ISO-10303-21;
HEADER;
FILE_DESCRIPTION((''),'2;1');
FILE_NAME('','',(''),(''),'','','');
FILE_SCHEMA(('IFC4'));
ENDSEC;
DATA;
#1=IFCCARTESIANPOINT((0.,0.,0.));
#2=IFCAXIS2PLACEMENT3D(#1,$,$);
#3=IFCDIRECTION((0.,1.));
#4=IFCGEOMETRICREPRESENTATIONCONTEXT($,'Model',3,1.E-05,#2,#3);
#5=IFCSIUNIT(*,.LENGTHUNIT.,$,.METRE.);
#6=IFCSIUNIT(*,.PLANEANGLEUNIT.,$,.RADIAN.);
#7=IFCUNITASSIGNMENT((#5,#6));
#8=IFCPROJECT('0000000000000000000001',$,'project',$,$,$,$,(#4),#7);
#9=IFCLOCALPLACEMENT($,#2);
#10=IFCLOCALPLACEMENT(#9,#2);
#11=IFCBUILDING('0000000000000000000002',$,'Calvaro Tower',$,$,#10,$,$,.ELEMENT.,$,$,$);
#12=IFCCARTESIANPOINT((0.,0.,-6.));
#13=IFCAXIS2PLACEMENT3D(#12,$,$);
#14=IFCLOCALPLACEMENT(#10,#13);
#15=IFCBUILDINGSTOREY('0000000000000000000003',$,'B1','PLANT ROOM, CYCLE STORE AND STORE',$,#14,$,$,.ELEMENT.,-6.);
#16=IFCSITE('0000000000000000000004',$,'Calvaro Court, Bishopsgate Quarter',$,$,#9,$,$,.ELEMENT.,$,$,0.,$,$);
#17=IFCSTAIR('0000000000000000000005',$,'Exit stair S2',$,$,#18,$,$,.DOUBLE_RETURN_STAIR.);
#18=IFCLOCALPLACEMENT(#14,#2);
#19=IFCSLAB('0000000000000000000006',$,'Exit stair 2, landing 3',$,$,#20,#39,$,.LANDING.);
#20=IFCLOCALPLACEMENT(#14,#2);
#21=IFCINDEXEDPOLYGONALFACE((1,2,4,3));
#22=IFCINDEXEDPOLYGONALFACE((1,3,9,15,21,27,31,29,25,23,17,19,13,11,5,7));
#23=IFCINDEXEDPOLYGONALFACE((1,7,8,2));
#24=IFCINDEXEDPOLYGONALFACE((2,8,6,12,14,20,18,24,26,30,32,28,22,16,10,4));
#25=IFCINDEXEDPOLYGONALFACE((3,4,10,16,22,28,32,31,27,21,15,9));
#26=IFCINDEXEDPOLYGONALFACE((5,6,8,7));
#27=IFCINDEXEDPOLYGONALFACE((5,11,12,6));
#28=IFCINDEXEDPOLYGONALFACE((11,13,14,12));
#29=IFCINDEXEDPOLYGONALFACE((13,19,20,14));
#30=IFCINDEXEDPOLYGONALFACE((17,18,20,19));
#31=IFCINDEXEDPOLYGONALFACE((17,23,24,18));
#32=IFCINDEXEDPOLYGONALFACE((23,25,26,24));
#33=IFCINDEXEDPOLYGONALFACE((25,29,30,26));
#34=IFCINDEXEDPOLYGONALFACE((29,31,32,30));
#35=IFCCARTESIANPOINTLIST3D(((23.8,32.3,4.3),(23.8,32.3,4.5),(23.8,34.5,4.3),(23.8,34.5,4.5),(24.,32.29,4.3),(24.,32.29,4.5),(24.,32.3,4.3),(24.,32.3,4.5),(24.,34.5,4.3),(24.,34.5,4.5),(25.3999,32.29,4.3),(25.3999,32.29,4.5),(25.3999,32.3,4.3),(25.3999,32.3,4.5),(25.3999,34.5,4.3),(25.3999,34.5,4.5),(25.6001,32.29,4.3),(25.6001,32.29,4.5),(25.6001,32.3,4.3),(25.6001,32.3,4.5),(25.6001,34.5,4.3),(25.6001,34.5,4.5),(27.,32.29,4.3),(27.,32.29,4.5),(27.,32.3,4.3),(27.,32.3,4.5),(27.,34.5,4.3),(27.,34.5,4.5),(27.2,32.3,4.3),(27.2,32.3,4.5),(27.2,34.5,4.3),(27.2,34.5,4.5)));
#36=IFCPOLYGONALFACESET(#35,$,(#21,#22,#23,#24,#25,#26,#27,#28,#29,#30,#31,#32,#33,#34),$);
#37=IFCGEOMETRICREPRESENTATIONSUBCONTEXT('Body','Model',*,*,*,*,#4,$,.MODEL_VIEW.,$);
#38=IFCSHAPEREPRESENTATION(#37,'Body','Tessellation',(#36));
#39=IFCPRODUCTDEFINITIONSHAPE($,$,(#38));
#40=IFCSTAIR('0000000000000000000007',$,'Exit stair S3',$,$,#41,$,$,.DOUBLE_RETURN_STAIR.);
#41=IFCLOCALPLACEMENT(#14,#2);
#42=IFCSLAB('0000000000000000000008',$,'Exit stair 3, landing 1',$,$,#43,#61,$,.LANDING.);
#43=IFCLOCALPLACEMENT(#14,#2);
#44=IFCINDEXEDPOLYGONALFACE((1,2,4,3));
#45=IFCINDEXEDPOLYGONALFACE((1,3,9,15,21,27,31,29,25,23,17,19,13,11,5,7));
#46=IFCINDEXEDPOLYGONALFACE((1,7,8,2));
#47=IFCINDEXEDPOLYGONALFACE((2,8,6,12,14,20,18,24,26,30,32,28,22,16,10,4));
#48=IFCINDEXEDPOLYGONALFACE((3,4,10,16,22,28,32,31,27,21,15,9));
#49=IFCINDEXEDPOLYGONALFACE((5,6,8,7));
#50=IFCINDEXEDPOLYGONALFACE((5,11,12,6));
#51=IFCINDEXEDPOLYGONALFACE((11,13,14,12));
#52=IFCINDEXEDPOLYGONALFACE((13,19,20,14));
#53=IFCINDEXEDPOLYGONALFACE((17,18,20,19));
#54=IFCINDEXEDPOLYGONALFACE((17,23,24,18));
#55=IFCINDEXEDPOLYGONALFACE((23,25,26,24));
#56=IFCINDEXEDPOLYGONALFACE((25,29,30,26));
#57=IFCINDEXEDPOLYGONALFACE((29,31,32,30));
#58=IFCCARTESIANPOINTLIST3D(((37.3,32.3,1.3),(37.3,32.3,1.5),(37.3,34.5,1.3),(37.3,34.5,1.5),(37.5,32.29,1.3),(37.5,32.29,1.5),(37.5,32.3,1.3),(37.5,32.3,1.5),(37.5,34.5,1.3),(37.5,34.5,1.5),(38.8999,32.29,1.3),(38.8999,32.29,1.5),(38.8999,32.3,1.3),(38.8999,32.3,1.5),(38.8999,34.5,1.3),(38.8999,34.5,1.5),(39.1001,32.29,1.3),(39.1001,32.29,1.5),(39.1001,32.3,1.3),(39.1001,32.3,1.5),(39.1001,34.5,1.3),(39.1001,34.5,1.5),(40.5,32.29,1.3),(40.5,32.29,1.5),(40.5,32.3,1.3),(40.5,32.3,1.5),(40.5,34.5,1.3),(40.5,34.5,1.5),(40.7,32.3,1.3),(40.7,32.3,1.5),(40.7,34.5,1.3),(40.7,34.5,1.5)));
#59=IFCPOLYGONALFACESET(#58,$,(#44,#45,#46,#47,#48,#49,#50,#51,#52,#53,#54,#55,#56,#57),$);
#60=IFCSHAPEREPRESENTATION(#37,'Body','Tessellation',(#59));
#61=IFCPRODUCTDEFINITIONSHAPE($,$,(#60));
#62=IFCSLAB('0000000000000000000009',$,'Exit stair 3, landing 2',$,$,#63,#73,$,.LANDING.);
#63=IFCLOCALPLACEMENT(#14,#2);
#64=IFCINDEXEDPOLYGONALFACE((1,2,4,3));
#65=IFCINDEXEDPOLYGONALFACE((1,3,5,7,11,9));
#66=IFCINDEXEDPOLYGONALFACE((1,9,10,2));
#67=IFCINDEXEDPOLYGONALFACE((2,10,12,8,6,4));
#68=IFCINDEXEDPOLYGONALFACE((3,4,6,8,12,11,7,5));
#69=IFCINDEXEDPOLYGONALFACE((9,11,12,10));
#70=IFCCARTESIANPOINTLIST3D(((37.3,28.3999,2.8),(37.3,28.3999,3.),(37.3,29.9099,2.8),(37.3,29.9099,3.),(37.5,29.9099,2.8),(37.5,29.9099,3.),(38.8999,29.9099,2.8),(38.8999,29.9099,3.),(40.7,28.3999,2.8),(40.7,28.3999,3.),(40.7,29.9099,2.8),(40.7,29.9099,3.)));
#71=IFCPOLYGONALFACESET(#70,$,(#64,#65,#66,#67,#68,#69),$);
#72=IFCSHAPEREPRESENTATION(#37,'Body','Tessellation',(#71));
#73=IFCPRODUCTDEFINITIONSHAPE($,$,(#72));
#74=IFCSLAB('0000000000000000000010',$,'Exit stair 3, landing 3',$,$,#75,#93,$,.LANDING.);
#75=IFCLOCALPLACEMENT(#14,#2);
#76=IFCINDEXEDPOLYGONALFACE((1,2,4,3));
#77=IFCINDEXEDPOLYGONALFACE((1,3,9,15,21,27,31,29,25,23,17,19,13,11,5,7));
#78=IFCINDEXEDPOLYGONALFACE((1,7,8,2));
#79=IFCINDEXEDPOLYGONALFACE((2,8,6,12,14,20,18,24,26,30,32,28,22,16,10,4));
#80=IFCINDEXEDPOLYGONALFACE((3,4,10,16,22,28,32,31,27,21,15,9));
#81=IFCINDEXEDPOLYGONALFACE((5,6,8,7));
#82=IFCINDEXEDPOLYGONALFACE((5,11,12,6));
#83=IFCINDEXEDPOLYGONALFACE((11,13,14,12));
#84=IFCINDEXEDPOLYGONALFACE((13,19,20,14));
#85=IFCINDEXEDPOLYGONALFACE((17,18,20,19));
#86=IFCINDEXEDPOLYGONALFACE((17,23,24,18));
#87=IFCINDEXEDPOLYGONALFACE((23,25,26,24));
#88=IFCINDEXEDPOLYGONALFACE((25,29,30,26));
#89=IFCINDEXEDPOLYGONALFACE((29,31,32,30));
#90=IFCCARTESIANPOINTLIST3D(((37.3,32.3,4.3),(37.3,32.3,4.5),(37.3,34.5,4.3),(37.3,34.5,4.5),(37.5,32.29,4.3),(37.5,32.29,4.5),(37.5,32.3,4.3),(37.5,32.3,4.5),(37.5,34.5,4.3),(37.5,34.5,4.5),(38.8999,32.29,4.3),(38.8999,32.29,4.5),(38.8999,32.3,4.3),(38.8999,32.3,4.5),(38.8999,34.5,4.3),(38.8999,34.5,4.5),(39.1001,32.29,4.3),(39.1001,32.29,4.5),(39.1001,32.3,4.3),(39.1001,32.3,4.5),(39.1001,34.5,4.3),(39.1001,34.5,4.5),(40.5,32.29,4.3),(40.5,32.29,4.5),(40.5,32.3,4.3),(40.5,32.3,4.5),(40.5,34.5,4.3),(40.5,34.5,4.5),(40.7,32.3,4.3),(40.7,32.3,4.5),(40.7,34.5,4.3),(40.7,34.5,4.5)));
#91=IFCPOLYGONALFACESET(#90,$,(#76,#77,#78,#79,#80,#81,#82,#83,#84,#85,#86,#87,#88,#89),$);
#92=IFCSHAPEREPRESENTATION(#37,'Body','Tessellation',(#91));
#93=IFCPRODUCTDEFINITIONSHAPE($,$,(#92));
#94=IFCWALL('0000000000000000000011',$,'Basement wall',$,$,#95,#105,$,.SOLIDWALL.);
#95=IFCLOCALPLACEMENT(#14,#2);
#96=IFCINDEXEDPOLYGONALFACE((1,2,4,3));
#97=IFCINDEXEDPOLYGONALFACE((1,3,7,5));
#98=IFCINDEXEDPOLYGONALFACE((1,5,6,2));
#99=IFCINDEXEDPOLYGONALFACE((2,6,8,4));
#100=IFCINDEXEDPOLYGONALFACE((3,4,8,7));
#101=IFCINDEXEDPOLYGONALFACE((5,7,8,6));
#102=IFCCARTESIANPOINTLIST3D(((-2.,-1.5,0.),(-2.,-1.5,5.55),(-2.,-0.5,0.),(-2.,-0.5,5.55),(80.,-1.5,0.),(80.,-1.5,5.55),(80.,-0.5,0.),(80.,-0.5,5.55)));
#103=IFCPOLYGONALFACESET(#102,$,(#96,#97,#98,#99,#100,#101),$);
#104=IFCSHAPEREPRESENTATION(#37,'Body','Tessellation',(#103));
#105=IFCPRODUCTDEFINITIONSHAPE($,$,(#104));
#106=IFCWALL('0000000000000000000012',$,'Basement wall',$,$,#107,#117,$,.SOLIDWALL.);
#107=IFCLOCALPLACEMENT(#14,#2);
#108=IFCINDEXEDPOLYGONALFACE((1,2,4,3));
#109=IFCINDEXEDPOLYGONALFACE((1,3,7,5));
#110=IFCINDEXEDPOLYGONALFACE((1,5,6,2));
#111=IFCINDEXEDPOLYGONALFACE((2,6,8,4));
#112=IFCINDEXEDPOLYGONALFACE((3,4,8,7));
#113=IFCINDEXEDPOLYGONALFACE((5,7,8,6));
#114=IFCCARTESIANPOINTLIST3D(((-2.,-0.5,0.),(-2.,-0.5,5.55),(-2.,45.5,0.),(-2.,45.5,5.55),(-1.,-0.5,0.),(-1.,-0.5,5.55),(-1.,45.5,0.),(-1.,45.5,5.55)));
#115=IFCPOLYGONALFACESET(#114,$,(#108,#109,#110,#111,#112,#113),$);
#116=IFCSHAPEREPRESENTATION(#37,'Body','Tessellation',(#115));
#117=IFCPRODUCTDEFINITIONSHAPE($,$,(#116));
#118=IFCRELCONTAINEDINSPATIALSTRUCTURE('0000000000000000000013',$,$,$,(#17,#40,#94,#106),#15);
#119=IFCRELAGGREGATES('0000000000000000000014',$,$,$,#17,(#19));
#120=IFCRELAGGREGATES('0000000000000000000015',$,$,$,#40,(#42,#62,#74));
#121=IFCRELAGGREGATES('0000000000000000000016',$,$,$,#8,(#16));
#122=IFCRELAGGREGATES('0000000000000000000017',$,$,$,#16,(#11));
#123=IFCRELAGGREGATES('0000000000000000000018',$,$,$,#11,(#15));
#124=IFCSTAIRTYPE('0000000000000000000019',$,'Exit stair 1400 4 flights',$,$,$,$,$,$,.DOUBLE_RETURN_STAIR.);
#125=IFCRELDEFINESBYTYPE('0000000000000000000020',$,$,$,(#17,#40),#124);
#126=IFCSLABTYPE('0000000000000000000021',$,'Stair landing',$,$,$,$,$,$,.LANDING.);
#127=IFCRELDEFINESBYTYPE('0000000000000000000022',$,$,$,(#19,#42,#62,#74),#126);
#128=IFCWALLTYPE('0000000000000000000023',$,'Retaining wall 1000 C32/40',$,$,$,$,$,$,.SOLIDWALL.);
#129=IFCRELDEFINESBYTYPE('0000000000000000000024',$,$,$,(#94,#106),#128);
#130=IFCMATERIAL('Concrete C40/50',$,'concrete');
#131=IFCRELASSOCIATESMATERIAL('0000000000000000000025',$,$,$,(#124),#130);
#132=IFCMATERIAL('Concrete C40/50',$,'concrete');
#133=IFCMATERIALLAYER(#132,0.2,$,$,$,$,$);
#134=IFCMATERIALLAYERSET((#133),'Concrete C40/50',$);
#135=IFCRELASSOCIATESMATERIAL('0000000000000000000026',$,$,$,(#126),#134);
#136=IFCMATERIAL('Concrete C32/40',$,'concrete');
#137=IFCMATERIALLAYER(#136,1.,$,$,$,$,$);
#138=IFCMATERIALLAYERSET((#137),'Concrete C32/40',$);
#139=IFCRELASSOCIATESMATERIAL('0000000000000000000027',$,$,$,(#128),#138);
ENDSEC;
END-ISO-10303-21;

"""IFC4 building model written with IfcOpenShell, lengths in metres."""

from ifc_helpers import new_model, si_unit, direction, frame, frame_2d, origin, place, context, subcontext, project, spatial, polyline, rectangle, outline, extrude, material, layer, layer_set, type_object, element, aggregate, save


model = new_model("IFC4")

# Units and contexts
model_context = context("Model", 3, precision=1e-05, world=origin(), true_north=direction((0.0, 1.0)))
body_context = subcontext(model_context, "Body", "Model", "MODEL_VIEW")
ifc_project = project(units=[si_unit("LENGTHUNIT", "METRE"), si_unit("PLANEANGLEUNIT", "RADIAN")], contexts=[model_context])

# Site, building, storey
site_placement = place(None, origin())
site = spatial("IfcSite", under=ifc_project, at=site_placement, Name="Calvaro Court, Bishopsgate Quarter", CompositionType="ELEMENT", RefElevation=0.0)
building_placement = place(site_placement, origin())
building = spatial("IfcBuilding", under=site, at=building_placement, Name="Calvaro Tower", CompositionType="ELEMENT")
storey_placement = place(building_placement, frame((0.0, 0.0, -6.0)))
storey = spatial("IfcBuildingStorey", under=building, at=storey_placement, Name="B1", Description="PLANT ROOM, CYCLE STORE AND STORE", CompositionType="ELEMENT", Elevation=-6.0)

# Stairs, slabs
ifc_material_1 = material(Name="Concrete C40/50", Category="concrete")
stair_type = type_object("IfcStairType", Name="Exit stair 1400 4 flights", PredefinedType="DOUBLE_RETURN_STAIR", material=ifc_material_1)
ifc_material_2 = material(Name="Concrete C40/50", Category="concrete")
ifc_layer_1 = layer(ifc_material_2, 0.2)
ifc_layer_set_1 = layer_set([ifc_layer_1], Name="Concrete C40/50")
slab_type_1 = type_object("IfcSlabType", Name="Stair landing", PredefinedType="LANDING", material=ifc_layer_set_1)
stair_1_placement = place(storey_placement, origin())
stair_1 = element("IfcStair", 1, at=stair_1_placement, inside=storey, type_object=stair_type, Name="Exit stair S2", PredefinedType="DOUBLE_RETURN_STAIR")
slab_1_placement = place(storey_placement, frame((0.0, 0.0, 4.3)))
slab_1 = element("IfcSlab", 2, at=slab_1_placement, type_object=slab_type_1, Name="Exit stair 2, landing 3", PredefinedType="LANDING", context=body_context, shape_type="SweptSolid", body=[
    extrude(outline(polyline([(25.3999, 32.29), (24.0, 32.29), (24.0, 32.3), (23.8, 32.3), (23.8, 34.5), (24.0, 34.5), (25.3999, 34.5), (25.6001, 34.5), (27.0, 34.5), (27.2, 34.5), (27.2, 32.3), (27.0, 32.3), (27.0, 32.29), (25.6001, 32.29), (25.6001, 32.3), (25.3999, 32.3), (25.3999, 32.29)])), origin(), (0.0, 0.0, 1.0), 0.2),
])
aggregate(stair_1, [slab_1])
stair_2_placement = place(storey_placement, origin())
stair_2 = element("IfcStair", 3, at=stair_2_placement, inside=storey, type_object=stair_type, Name="Exit stair S3", PredefinedType="DOUBLE_RETURN_STAIR")
slab_2_placement = place(storey_placement, frame((0.0, 0.0, 1.3)))
slab_2 = element("IfcSlab", 4, at=slab_2_placement, type_object=slab_type_1, Name="Exit stair 3, landing 1", PredefinedType="LANDING", context=body_context, shape_type="SweptSolid", body=[
    extrude(outline(polyline([(38.8999, 32.29), (37.5, 32.29), (37.5, 32.3), (37.3, 32.3), (37.3, 34.5), (37.5, 34.5), (38.8999, 34.5), (39.1001, 34.5), (40.5, 34.5), (40.7, 34.5), (40.7, 32.3), (40.5, 32.3), (40.5, 32.29), (39.1001, 32.29), (39.1001, 32.3), (38.8999, 32.3), (38.8999, 32.29)])), origin(), (0.0, 0.0, 1.0), 0.2),
])
slab_3_placement = place(storey_placement, frame((0.0, 0.0, 2.8)))
slab_3 = element("IfcSlab", 5, at=slab_3_placement, type_object=slab_type_1, Name="Exit stair 3, landing 2", PredefinedType="LANDING", context=body_context, shape_type="SweptSolid", body=[
    extrude(outline(polyline([(40.7, 29.9099), (40.7, 28.3999), (37.3, 28.3999), (37.3, 29.9099), (37.5, 29.9099), (38.8999, 29.9099), (40.7, 29.9099)])), origin(), (0.0, 0.0, 1.0), 0.2),
])
slab_4_placement = place(storey_placement, frame((0.0, 0.0, 4.3)))
slab_4 = element("IfcSlab", 6, at=slab_4_placement, type_object=slab_type_1, Name="Exit stair 3, landing 3", PredefinedType="LANDING", context=body_context, shape_type="SweptSolid", body=[
    extrude(outline(polyline([(38.8999, 32.29), (37.5, 32.29), (37.5, 32.3), (37.3, 32.3), (37.3, 34.5), (37.5, 34.5), (38.8999, 34.5), (39.1001, 34.5), (40.5, 34.5), (40.7, 34.5), (40.7, 32.3), (40.5, 32.3), (40.5, 32.29), (39.1001, 32.29), (39.1001, 32.3), (38.8999, 32.3), (38.8999, 32.29)])), origin(), (0.0, 0.0, 1.0), 0.2),
])
aggregate(stair_2, [slab_2, slab_3, slab_4])

# Walls
ifc_material_3 = material(Name="Concrete C32/40", Category="concrete")
ifc_layer_2 = layer(ifc_material_3, 1.0)
ifc_layer_set_2 = layer_set([ifc_layer_2], Name="Concrete C32/40")
wall_type = type_object("IfcWallType", Name="Retaining wall 1000 C32/40", PredefinedType="SOLIDWALL", material=ifc_layer_set_2)
wall_1_placement = place(storey_placement, frame((-2.0, -1.0, 0.0), z_axis=(0.0, 0.0, 1.0), x_axis=(1.0, 0.0, 0.0)))
element("IfcWall", 7, at=wall_1_placement, inside=storey, type_object=wall_type, Name="Basement wall", PredefinedType="SOLIDWALL", context=body_context, shape_type="SweptSolid", body=[
    extrude(rectangle(XDim=82.0, YDim=1.0, at=frame_2d((41.0, 0.0))), origin(), (0.0, 0.0, 1.0), 5.55),
])
wall_2_placement = place(storey_placement, frame((-1.5, -0.5, 0.0), z_axis=(0.0, 0.0, 1.0), x_axis=(0.0, 1.0, 0.0)))
element("IfcWall", 8, at=wall_2_placement, inside=storey, type_object=wall_type, Name="Basement wall", PredefinedType="SOLIDWALL", context=body_context, shape_type="SweptSolid", body=[
    extrude(rectangle(XDim=46.0, YDim=1.0, at=frame_2d((23.0, 0.0))), origin(), (0.0, 0.0, 1.0), 5.55),
])

save(model, "model.ifc")
